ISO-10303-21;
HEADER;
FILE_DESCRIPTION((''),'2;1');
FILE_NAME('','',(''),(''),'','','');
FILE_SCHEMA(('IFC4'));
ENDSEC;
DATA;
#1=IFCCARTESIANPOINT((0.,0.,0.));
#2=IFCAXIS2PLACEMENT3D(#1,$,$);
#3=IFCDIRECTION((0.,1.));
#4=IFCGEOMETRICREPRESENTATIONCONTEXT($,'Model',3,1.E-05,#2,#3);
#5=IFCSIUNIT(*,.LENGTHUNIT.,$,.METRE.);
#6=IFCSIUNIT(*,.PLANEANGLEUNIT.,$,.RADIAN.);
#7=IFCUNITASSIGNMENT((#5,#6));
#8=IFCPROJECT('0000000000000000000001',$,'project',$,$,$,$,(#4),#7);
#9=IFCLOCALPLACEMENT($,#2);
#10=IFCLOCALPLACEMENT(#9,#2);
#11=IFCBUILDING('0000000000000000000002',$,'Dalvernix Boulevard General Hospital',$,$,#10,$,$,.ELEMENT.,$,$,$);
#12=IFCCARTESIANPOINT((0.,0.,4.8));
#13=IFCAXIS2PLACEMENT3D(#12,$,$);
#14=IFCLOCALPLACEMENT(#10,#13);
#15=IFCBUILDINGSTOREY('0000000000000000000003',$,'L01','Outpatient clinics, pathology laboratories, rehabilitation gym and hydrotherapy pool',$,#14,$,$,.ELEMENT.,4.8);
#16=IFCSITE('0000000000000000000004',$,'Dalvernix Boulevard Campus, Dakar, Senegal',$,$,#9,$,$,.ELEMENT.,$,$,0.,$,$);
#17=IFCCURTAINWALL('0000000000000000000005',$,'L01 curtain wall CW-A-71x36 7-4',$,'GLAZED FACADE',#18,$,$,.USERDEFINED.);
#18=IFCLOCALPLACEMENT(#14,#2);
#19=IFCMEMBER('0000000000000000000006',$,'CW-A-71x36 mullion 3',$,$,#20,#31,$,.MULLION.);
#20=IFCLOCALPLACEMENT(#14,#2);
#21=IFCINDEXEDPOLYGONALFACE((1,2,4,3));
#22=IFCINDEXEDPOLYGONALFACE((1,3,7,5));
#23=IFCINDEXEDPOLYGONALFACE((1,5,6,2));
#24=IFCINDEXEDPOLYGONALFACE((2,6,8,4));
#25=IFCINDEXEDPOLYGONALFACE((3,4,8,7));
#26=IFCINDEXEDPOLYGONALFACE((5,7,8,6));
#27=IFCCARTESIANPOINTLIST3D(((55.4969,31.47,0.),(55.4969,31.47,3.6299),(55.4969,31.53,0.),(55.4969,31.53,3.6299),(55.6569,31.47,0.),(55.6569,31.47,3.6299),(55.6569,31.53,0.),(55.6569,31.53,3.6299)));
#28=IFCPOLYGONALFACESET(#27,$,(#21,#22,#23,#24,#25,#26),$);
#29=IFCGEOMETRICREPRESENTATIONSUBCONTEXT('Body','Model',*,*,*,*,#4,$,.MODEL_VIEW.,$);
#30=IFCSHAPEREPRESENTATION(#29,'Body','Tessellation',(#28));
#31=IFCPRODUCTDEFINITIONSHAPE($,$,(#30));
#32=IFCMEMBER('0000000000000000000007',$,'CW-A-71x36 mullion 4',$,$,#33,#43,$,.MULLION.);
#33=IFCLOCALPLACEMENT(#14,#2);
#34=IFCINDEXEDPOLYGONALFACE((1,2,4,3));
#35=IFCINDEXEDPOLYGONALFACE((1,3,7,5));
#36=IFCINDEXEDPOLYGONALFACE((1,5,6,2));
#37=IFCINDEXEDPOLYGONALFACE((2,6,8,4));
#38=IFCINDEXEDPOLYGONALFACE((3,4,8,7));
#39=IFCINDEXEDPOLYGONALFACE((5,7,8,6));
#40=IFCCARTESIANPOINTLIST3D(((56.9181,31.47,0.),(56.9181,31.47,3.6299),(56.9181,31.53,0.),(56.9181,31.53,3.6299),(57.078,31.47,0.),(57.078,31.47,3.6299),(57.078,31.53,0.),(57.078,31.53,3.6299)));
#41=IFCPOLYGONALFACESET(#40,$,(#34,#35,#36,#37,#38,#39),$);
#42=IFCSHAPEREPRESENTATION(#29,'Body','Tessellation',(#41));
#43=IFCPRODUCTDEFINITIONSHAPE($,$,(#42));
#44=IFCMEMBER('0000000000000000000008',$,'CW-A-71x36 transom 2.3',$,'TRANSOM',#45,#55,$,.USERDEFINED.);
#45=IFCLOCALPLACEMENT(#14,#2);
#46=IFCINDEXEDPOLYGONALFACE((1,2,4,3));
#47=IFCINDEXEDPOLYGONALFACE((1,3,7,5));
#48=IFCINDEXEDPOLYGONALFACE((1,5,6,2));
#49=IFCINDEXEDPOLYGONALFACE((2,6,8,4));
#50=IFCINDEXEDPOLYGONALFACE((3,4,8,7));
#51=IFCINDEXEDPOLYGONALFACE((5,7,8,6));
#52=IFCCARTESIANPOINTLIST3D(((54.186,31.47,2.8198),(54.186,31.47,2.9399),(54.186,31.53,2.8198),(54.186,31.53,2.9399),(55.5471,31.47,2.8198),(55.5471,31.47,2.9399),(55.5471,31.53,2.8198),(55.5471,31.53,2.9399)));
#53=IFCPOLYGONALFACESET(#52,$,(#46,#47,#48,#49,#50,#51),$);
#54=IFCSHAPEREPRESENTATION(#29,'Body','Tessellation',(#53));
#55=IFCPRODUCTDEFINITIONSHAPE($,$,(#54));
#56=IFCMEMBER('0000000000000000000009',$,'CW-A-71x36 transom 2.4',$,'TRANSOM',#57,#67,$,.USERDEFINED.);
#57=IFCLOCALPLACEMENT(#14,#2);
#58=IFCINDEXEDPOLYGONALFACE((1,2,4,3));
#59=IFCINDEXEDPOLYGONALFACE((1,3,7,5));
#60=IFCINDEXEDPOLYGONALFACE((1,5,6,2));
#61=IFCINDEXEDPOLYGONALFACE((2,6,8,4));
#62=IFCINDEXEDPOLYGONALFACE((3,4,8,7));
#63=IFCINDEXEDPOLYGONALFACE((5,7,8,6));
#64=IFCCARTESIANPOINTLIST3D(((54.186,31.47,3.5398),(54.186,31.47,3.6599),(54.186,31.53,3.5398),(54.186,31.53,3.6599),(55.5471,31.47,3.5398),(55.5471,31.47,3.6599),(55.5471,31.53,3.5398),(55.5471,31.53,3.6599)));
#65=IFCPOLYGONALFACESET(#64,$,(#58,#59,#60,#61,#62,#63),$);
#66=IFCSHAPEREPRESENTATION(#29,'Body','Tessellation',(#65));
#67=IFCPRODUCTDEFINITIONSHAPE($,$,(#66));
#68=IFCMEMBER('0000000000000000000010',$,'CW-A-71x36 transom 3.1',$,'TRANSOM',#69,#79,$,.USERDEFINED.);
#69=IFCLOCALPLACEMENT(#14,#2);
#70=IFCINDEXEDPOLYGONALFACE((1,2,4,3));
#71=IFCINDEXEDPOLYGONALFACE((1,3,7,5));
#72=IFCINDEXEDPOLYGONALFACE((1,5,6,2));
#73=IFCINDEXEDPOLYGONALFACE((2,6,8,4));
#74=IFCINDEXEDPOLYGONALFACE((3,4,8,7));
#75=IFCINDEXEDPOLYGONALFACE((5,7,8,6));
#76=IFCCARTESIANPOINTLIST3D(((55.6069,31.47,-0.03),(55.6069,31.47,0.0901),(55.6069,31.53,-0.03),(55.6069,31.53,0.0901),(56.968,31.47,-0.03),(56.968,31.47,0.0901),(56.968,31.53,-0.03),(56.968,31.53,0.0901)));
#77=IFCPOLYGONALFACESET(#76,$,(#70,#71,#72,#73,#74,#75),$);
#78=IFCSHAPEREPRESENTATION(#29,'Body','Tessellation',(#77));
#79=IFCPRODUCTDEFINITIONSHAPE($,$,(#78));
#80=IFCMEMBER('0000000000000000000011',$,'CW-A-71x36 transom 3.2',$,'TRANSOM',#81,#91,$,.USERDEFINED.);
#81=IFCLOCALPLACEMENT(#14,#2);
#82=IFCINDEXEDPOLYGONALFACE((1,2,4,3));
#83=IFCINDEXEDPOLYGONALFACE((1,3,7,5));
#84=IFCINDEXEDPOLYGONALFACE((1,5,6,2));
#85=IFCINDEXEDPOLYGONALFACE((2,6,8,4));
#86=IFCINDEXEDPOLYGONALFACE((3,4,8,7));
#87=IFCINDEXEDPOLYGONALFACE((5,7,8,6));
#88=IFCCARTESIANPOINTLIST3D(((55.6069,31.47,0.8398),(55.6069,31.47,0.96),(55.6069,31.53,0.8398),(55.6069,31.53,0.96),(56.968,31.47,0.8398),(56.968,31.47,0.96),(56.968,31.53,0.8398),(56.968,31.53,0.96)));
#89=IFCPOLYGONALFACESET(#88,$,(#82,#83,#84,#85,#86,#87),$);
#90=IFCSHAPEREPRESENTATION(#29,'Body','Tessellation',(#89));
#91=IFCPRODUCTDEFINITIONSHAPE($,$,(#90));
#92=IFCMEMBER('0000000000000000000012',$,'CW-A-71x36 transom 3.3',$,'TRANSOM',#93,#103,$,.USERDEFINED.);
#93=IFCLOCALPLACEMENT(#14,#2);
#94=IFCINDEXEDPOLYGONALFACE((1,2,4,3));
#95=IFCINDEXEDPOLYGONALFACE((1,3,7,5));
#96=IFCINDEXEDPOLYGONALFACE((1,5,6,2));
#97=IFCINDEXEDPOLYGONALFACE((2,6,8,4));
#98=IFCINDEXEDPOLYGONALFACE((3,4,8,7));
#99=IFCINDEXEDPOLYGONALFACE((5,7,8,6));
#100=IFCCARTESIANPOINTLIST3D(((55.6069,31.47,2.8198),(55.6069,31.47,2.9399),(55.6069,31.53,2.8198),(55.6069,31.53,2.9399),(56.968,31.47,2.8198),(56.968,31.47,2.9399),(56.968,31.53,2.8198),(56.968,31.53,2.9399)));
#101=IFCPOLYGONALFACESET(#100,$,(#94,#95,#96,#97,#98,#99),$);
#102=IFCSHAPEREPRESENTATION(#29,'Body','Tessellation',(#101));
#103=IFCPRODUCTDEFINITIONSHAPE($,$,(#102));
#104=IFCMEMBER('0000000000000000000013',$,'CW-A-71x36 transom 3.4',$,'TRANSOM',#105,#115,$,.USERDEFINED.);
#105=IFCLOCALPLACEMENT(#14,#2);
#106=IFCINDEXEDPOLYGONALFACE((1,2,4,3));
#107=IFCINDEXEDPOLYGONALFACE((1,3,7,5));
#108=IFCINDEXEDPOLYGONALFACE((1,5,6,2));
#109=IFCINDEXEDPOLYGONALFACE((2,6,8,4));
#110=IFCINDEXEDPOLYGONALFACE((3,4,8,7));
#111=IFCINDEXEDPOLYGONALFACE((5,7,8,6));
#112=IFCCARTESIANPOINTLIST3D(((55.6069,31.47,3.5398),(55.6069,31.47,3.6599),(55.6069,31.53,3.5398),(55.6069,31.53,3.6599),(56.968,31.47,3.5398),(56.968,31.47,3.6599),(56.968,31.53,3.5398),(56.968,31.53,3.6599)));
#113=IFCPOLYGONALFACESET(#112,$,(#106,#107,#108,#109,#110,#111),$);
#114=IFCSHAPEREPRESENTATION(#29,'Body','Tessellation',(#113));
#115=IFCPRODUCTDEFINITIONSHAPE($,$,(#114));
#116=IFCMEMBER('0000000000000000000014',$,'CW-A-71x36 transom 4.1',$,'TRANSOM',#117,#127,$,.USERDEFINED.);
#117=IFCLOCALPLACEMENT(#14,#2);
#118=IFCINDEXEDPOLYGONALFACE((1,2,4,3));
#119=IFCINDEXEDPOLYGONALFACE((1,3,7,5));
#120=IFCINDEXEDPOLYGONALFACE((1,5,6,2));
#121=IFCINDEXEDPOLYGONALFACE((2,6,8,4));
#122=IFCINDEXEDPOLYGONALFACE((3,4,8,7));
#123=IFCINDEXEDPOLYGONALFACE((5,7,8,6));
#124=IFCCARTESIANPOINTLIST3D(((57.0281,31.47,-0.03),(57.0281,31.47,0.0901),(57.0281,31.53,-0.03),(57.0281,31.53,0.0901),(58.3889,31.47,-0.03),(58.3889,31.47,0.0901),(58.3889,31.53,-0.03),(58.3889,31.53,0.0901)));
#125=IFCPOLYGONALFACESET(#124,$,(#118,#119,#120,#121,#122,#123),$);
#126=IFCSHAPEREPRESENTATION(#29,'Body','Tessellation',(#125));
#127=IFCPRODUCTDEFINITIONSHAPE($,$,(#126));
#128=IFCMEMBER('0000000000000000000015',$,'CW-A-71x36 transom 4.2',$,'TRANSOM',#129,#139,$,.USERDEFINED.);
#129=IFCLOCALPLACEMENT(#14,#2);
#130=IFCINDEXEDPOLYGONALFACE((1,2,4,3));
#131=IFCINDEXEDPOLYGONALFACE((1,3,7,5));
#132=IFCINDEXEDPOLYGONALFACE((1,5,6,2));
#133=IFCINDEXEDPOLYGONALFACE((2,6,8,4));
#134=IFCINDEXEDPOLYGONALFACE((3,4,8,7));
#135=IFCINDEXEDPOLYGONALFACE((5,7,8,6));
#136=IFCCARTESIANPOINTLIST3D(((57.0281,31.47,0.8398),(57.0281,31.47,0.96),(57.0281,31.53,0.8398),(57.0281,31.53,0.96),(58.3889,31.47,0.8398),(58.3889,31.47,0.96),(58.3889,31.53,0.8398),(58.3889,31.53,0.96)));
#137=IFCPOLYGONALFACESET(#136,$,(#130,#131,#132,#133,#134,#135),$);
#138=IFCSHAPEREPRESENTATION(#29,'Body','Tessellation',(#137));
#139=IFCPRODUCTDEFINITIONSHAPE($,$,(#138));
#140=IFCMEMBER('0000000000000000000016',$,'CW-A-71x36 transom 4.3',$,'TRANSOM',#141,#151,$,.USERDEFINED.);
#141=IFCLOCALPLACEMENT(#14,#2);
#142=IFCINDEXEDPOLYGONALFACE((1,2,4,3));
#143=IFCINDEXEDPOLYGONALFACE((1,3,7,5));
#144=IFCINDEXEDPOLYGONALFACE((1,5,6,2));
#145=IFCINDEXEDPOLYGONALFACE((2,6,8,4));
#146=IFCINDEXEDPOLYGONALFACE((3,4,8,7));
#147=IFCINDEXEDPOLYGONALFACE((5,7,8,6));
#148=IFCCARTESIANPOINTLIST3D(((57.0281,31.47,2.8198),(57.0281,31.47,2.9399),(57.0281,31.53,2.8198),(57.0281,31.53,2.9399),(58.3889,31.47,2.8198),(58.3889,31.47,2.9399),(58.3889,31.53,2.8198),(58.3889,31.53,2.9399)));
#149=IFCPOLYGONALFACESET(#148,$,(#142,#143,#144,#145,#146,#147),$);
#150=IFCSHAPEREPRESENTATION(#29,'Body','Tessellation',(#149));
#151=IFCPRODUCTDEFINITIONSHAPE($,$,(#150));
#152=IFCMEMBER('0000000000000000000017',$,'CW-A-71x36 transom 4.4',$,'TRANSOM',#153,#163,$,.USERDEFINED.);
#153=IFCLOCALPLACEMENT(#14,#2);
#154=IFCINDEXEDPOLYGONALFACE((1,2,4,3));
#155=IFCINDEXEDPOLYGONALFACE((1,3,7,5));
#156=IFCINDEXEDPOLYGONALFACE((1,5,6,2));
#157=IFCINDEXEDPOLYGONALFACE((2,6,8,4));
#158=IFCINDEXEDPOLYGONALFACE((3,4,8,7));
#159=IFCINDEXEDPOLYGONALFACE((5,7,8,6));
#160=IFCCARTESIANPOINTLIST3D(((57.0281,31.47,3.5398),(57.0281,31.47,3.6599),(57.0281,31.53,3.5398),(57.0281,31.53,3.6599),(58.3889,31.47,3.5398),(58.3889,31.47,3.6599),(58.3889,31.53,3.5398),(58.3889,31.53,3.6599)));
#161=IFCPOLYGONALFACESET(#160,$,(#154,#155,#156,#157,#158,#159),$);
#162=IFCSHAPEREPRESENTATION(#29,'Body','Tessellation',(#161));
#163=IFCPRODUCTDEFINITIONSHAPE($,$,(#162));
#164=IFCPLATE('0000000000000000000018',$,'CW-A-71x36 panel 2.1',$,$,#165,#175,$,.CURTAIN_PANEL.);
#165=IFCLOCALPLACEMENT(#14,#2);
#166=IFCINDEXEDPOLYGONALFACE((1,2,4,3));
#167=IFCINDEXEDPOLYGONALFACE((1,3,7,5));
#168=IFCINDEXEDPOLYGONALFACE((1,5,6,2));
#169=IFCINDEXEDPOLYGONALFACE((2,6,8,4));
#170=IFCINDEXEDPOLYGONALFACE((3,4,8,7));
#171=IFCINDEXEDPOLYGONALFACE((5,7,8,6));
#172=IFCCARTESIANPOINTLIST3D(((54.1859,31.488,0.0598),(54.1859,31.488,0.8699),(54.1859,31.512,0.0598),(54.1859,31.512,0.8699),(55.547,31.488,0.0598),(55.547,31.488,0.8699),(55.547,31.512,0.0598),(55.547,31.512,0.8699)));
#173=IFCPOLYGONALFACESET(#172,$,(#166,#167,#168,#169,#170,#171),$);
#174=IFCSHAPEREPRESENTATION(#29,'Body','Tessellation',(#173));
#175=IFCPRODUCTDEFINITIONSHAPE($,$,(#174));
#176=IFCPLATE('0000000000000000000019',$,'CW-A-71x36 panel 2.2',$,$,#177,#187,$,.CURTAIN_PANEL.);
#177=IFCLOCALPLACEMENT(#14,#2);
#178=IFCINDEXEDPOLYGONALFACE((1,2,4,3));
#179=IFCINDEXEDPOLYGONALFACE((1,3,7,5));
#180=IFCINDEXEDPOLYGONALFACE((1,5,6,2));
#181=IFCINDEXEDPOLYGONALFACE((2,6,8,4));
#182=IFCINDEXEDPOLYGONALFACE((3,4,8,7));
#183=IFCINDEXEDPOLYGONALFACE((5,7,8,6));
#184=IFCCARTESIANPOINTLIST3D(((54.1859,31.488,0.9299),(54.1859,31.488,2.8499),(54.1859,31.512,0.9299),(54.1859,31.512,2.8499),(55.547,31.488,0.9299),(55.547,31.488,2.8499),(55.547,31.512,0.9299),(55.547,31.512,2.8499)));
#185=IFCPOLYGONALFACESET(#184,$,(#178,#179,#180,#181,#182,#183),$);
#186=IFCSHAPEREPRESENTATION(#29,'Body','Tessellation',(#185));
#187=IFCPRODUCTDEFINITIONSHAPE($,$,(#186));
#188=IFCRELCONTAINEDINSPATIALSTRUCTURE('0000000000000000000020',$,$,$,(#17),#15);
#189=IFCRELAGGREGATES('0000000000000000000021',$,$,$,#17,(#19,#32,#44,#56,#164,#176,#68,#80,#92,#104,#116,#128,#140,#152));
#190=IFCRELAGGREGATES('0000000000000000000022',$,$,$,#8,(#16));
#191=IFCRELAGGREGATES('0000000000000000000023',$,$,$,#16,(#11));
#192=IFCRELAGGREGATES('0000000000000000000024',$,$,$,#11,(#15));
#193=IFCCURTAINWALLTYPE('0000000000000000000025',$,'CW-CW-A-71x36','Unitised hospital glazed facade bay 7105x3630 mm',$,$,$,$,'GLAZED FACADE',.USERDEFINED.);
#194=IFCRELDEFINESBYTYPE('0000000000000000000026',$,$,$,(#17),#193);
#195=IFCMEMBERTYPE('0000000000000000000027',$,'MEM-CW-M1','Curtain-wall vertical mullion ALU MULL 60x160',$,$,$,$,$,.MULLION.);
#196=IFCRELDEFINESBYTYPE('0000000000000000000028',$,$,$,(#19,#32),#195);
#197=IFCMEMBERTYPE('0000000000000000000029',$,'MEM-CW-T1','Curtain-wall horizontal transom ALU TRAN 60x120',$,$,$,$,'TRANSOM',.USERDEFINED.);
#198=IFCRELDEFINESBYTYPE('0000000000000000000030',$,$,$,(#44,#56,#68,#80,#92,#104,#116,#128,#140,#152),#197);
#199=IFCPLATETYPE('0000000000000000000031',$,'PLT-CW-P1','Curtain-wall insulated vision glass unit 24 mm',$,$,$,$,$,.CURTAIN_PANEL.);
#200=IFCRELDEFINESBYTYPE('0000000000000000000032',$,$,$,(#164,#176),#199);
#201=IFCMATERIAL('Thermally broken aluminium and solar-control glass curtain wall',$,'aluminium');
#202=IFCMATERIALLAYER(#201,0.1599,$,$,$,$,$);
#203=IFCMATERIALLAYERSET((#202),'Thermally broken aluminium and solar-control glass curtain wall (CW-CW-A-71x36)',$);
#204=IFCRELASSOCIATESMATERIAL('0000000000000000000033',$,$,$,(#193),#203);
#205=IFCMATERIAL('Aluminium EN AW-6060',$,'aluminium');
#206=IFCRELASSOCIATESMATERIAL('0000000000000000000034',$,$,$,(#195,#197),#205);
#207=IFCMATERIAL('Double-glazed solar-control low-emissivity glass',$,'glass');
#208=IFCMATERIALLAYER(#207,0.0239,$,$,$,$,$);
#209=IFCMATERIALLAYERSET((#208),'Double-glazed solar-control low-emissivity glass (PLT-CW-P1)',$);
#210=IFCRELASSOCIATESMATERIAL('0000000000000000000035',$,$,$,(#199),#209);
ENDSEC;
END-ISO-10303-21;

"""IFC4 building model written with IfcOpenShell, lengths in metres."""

from ifc_helpers import new_model, si_unit, direction, frame, origin, origin_2d, place, context, subcontext, project, spatial, rectangle, extrude, material, layer, layer_set, material_profile, profile_set, type_object, element, aggregate, save


model = new_model("IFC4")

# Units and contexts
model_context = context("Model", 3, precision=1e-05, world=origin(), true_north=direction((0.0, 1.0)))
body_context = subcontext(model_context, "Body", "Model", "MODEL_VIEW")
ifc_project = project(units=[si_unit("LENGTHUNIT", "METRE"), si_unit("PLANEANGLEUNIT", "RADIAN")], contexts=[model_context])

# Site, building, storey
site_placement = place(None, origin())
site = spatial("IfcSite", under=ifc_project, at=site_placement, Name="Dalvernix Boulevard Campus, Dakar, Senegal", CompositionType="ELEMENT", RefElevation=0.0)
building_placement = place(site_placement, origin())
building = spatial("IfcBuilding", under=site, at=building_placement, Name="Dalvernix Boulevard General Hospital", CompositionType="ELEMENT")
storey_placement = place(building_placement, frame((0.0, 0.0, 4.8)))
storey = spatial("IfcBuildingStorey", under=building, at=storey_placement, Name="L01", Description="Outpatient clinics, pathology laboratories, rehabilitation gym and hydrotherapy pool", CompositionType="ELEMENT", Elevation=4.8)

# Curtain wall, members, plates
ifc_material_1 = material(Name="Thermally broken aluminium and solar-control glass curtain wall", Category="aluminium")
ifc_layer_1 = layer(ifc_material_1, 0.1599)
ifc_layer_set_1 = layer_set([ifc_layer_1], Name="Thermally broken aluminium and solar-control glass curtain wall (CW-CW-A-71x36)")
curtain_wall_type = type_object("IfcCurtainWallType", Name="CW-CW-A-71x36", Description="Unitised hospital glazed facade bay 7105x3630 mm", ElementType="GLAZED FACADE", PredefinedType="USERDEFINED", material=ifc_layer_set_1)
curtain_wall_placement = place(storey_placement, origin())
curtain_wall = element("IfcCurtainWall", 1, at=curtain_wall_placement, inside=storey, type_object=curtain_wall_type, Name="L01 curtain wall CW-A-71x36 7-4", ObjectType="GLAZED FACADE", PredefinedType="USERDEFINED")
ifc_material_2 = material(Name="Aluminium EN AW-6060", Category="aluminium")
ifc_material_profile_1 = material_profile(ifc_material_2, rectangle(XDim=0.0601, YDim=0.1599, at=origin_2d()), Name="ALU MULL 60x160")
ifc_profile_set_1 = profile_set([ifc_material_profile_1], Name="Aluminium EN AW-6060")
member_type_1 = type_object("IfcMemberType", Name="MEM-CW-M1", Description="Curtain-wall vertical mullion ALU MULL 60x160", PredefinedType="MULLION", material=ifc_profile_set_1)
member_1_placement = place(storey_placement, frame((55.5769, 31.5, 0.0), z_axis=(0.0, 0.0, 1.0), x_axis=(0.0, 1.0, 0.0)))
member_1 = element("IfcMember", 2, at=member_1_placement, type_object=member_type_1, Name="CW-A-71x36 mullion 3", PredefinedType="MULLION", context=body_context, shape_type="SweptSolid", body=[
    extrude(rectangle(XDim=0.0601, YDim=0.1599, at=origin_2d()), origin(), (0.0, 0.0, 1.0), 3.6299),
])
member_2_placement = place(storey_placement, frame((56.998, 31.5, 0.0), z_axis=(0.0, 0.0, 1.0), x_axis=(0.0, 1.0, 0.0)))
member_2 = element("IfcMember", 3, at=member_2_placement, type_object=member_type_1, Name="CW-A-71x36 mullion 4", PredefinedType="MULLION", context=body_context, shape_type="SweptSolid", body=[
    extrude(rectangle(XDim=0.0601, YDim=0.1599, at=origin_2d()), origin(), (0.0, 0.0, 1.0), 3.6299),
])
ifc_material_profile_2 = material_profile(ifc_material_2, rectangle(XDim=0.0601, YDim=0.1201, at=origin_2d()), Name="ALU TRAN 60x120")
ifc_profile_set_2 = profile_set([ifc_material_profile_2], Name="Aluminium EN AW-6060")
member_type_2 = type_object("IfcMemberType", Name="MEM-CW-T1", Description="Curtain-wall horizontal transom ALU TRAN 60x120", ElementType="TRANSOM", PredefinedType="USERDEFINED", material=ifc_profile_set_2)
member_3_placement = place(storey_placement, frame((54.186, 31.5, 2.8799), z_axis=(1.0, 0.0, 0.0), x_axis=(0.0, 1.0, 0.0)))
member_3 = element("IfcMember", 4, at=member_3_placement, type_object=member_type_2, Name="CW-A-71x36 transom 2.3", ObjectType="TRANSOM", PredefinedType="USERDEFINED", context=body_context, shape_type="SweptSolid", body=[
    extrude(rectangle(XDim=0.0601, YDim=0.1201, at=origin_2d()), origin(), (0.0, 0.0, 1.0), 1.3611),
])
member_4_placement = place(storey_placement, frame((54.186, 31.5, 3.5999), z_axis=(1.0, 0.0, 0.0), x_axis=(0.0, 1.0, 0.0)))
member_4 = element("IfcMember", 5, at=member_4_placement, type_object=member_type_2, Name="CW-A-71x36 transom 2.4", ObjectType="TRANSOM", PredefinedType="USERDEFINED", context=body_context, shape_type="SweptSolid", body=[
    extrude(rectangle(XDim=0.0601, YDim=0.1201, at=origin_2d()), origin(), (0.0, 0.0, 1.0), 1.3611),
])
member_5_placement = place(storey_placement, frame((55.6069, 31.5, 0.03), z_axis=(1.0, 0.0, 0.0), x_axis=(0.0, 1.0, 0.0)))
member_5 = element("IfcMember", 6, at=member_5_placement, type_object=member_type_2, Name="CW-A-71x36 transom 3.1", ObjectType="TRANSOM", PredefinedType="USERDEFINED", context=body_context, shape_type="SweptSolid", body=[
    extrude(rectangle(XDim=0.0601, YDim=0.1201, at=origin_2d()), origin(), (0.0, 0.0, 1.0), 1.3611),
])
member_6_placement = place(storey_placement, frame((55.6069, 31.5, 0.8999), z_axis=(1.0, 0.0, 0.0), x_axis=(0.0, 1.0, 0.0)))
member_6 = element("IfcMember", 7, at=member_6_placement, type_object=member_type_2, Name="CW-A-71x36 transom 3.2", ObjectType="TRANSOM", PredefinedType="USERDEFINED", context=body_context, shape_type="SweptSolid", body=[
    extrude(rectangle(XDim=0.0601, YDim=0.1201, at=origin_2d()), origin(), (0.0, 0.0, 1.0), 1.3611),
])
member_7_placement = place(storey_placement, frame((55.6069, 31.5, 2.8799), z_axis=(1.0, 0.0, 0.0), x_axis=(0.0, 1.0, 0.0)))
member_7 = element("IfcMember", 8, at=member_7_placement, type_object=member_type_2, Name="CW-A-71x36 transom 3.3", ObjectType="TRANSOM", PredefinedType="USERDEFINED", context=body_context, shape_type="SweptSolid", body=[
    extrude(rectangle(XDim=0.0601, YDim=0.1201, at=origin_2d()), origin(), (0.0, 0.0, 1.0), 1.3611),
])
member_8_placement = place(storey_placement, frame((55.6069, 31.5, 3.5999), z_axis=(1.0, 0.0, 0.0), x_axis=(0.0, 1.0, 0.0)))
member_8 = element("IfcMember", 9, at=member_8_placement, type_object=member_type_2, Name="CW-A-71x36 transom 3.4", ObjectType="TRANSOM", PredefinedType="USERDEFINED", context=body_context, shape_type="SweptSolid", body=[
    extrude(rectangle(XDim=0.0601, YDim=0.1201, at=origin_2d()), origin(), (0.0, 0.0, 1.0), 1.3611),
])
member_9_placement = place(storey_placement, frame((57.0281, 31.5, 0.03), z_axis=(1.0, 0.0, 0.0), x_axis=(0.0, 1.0, 0.0)))
member_9 = element("IfcMember", 10, at=member_9_placement, type_object=member_type_2, Name="CW-A-71x36 transom 4.1", ObjectType="TRANSOM", PredefinedType="USERDEFINED", context=body_context, shape_type="SweptSolid", body=[
    extrude(rectangle(XDim=0.0601, YDim=0.1201, at=origin_2d()), origin(), (0.0, 0.0, 1.0), 1.3608),
])
member_10_placement = place(storey_placement, frame((57.0281, 31.5, 0.8999), z_axis=(1.0, 0.0, 0.0), x_axis=(0.0, 1.0, 0.0)))
member_10 = element("IfcMember", 11, at=member_10_placement, type_object=member_type_2, Name="CW-A-71x36 transom 4.2", ObjectType="TRANSOM", PredefinedType="USERDEFINED", context=body_context, shape_type="SweptSolid", body=[
    extrude(rectangle(XDim=0.0601, YDim=0.1201, at=origin_2d()), origin(), (0.0, 0.0, 1.0), 1.3608),
])
member_11_placement = place(storey_placement, frame((57.0281, 31.5, 2.8799), z_axis=(1.0, 0.0, 0.0), x_axis=(0.0, 1.0, 0.0)))
member_11 = element("IfcMember", 12, at=member_11_placement, type_object=member_type_2, Name="CW-A-71x36 transom 4.3", ObjectType="TRANSOM", PredefinedType="USERDEFINED", context=body_context, shape_type="SweptSolid", body=[
    extrude(rectangle(XDim=0.0601, YDim=0.1201, at=origin_2d()), origin(), (0.0, 0.0, 1.0), 1.3608),
])
member_12_placement = place(storey_placement, frame((57.0281, 31.5, 3.5999), z_axis=(1.0, 0.0, 0.0), x_axis=(0.0, 1.0, 0.0)))
member_12 = element("IfcMember", 13, at=member_12_placement, type_object=member_type_2, Name="CW-A-71x36 transom 4.4", ObjectType="TRANSOM", PredefinedType="USERDEFINED", context=body_context, shape_type="SweptSolid", body=[
    extrude(rectangle(XDim=0.0601, YDim=0.1201, at=origin_2d()), origin(), (0.0, 0.0, 1.0), 1.3608),
])
ifc_material_3 = material(Name="Double-glazed solar-control low-emissivity glass", Category="glass")
ifc_layer_2 = layer(ifc_material_3, 0.0239)
ifc_layer_set_2 = layer_set([ifc_layer_2], Name="Double-glazed solar-control low-emissivity glass (PLT-CW-P1)")
plate_type = type_object("IfcPlateType", Name="PLT-CW-P1", Description="Curtain-wall insulated vision glass unit 24 mm", PredefinedType="CURTAIN_PANEL", material=ifc_layer_set_2)
plate_1_placement = place(storey_placement, frame((54.8665, 31.5, 0.0598), z_axis=(0.0, 0.0, 1.0), x_axis=(1.0, 0.0, 0.0)))
plate_1 = element("IfcPlate", 14, at=plate_1_placement, type_object=plate_type, Name="CW-A-71x36 panel 2.1", PredefinedType="CURTAIN_PANEL", context=body_context, shape_type="SweptSolid", body=[
    extrude(rectangle(XDim=1.3611, YDim=0.0239, at=origin_2d()), origin(), (0.0, 0.0, 1.0), 0.8101),
])
plate_2_placement = place(storey_placement, frame((54.8665, 31.5, 0.9299), z_axis=(0.0, 0.0, 1.0), x_axis=(1.0, 0.0, 0.0)))
plate_2 = element("IfcPlate", 15, at=plate_2_placement, type_object=plate_type, Name="CW-A-71x36 panel 2.2", PredefinedType="CURTAIN_PANEL", context=body_context, shape_type="SweptSolid", body=[
    extrude(rectangle(XDim=1.3611, YDim=0.0239, at=origin_2d()), origin(), (0.0, 0.0, 1.0), 1.9199),
])
aggregate(curtain_wall, [member_1, member_2, member_3, member_4, plate_1, plate_2, member_5, member_6, member_7, member_8, member_9, member_10, member_11, member_12])

save(model, "model.ifc")
